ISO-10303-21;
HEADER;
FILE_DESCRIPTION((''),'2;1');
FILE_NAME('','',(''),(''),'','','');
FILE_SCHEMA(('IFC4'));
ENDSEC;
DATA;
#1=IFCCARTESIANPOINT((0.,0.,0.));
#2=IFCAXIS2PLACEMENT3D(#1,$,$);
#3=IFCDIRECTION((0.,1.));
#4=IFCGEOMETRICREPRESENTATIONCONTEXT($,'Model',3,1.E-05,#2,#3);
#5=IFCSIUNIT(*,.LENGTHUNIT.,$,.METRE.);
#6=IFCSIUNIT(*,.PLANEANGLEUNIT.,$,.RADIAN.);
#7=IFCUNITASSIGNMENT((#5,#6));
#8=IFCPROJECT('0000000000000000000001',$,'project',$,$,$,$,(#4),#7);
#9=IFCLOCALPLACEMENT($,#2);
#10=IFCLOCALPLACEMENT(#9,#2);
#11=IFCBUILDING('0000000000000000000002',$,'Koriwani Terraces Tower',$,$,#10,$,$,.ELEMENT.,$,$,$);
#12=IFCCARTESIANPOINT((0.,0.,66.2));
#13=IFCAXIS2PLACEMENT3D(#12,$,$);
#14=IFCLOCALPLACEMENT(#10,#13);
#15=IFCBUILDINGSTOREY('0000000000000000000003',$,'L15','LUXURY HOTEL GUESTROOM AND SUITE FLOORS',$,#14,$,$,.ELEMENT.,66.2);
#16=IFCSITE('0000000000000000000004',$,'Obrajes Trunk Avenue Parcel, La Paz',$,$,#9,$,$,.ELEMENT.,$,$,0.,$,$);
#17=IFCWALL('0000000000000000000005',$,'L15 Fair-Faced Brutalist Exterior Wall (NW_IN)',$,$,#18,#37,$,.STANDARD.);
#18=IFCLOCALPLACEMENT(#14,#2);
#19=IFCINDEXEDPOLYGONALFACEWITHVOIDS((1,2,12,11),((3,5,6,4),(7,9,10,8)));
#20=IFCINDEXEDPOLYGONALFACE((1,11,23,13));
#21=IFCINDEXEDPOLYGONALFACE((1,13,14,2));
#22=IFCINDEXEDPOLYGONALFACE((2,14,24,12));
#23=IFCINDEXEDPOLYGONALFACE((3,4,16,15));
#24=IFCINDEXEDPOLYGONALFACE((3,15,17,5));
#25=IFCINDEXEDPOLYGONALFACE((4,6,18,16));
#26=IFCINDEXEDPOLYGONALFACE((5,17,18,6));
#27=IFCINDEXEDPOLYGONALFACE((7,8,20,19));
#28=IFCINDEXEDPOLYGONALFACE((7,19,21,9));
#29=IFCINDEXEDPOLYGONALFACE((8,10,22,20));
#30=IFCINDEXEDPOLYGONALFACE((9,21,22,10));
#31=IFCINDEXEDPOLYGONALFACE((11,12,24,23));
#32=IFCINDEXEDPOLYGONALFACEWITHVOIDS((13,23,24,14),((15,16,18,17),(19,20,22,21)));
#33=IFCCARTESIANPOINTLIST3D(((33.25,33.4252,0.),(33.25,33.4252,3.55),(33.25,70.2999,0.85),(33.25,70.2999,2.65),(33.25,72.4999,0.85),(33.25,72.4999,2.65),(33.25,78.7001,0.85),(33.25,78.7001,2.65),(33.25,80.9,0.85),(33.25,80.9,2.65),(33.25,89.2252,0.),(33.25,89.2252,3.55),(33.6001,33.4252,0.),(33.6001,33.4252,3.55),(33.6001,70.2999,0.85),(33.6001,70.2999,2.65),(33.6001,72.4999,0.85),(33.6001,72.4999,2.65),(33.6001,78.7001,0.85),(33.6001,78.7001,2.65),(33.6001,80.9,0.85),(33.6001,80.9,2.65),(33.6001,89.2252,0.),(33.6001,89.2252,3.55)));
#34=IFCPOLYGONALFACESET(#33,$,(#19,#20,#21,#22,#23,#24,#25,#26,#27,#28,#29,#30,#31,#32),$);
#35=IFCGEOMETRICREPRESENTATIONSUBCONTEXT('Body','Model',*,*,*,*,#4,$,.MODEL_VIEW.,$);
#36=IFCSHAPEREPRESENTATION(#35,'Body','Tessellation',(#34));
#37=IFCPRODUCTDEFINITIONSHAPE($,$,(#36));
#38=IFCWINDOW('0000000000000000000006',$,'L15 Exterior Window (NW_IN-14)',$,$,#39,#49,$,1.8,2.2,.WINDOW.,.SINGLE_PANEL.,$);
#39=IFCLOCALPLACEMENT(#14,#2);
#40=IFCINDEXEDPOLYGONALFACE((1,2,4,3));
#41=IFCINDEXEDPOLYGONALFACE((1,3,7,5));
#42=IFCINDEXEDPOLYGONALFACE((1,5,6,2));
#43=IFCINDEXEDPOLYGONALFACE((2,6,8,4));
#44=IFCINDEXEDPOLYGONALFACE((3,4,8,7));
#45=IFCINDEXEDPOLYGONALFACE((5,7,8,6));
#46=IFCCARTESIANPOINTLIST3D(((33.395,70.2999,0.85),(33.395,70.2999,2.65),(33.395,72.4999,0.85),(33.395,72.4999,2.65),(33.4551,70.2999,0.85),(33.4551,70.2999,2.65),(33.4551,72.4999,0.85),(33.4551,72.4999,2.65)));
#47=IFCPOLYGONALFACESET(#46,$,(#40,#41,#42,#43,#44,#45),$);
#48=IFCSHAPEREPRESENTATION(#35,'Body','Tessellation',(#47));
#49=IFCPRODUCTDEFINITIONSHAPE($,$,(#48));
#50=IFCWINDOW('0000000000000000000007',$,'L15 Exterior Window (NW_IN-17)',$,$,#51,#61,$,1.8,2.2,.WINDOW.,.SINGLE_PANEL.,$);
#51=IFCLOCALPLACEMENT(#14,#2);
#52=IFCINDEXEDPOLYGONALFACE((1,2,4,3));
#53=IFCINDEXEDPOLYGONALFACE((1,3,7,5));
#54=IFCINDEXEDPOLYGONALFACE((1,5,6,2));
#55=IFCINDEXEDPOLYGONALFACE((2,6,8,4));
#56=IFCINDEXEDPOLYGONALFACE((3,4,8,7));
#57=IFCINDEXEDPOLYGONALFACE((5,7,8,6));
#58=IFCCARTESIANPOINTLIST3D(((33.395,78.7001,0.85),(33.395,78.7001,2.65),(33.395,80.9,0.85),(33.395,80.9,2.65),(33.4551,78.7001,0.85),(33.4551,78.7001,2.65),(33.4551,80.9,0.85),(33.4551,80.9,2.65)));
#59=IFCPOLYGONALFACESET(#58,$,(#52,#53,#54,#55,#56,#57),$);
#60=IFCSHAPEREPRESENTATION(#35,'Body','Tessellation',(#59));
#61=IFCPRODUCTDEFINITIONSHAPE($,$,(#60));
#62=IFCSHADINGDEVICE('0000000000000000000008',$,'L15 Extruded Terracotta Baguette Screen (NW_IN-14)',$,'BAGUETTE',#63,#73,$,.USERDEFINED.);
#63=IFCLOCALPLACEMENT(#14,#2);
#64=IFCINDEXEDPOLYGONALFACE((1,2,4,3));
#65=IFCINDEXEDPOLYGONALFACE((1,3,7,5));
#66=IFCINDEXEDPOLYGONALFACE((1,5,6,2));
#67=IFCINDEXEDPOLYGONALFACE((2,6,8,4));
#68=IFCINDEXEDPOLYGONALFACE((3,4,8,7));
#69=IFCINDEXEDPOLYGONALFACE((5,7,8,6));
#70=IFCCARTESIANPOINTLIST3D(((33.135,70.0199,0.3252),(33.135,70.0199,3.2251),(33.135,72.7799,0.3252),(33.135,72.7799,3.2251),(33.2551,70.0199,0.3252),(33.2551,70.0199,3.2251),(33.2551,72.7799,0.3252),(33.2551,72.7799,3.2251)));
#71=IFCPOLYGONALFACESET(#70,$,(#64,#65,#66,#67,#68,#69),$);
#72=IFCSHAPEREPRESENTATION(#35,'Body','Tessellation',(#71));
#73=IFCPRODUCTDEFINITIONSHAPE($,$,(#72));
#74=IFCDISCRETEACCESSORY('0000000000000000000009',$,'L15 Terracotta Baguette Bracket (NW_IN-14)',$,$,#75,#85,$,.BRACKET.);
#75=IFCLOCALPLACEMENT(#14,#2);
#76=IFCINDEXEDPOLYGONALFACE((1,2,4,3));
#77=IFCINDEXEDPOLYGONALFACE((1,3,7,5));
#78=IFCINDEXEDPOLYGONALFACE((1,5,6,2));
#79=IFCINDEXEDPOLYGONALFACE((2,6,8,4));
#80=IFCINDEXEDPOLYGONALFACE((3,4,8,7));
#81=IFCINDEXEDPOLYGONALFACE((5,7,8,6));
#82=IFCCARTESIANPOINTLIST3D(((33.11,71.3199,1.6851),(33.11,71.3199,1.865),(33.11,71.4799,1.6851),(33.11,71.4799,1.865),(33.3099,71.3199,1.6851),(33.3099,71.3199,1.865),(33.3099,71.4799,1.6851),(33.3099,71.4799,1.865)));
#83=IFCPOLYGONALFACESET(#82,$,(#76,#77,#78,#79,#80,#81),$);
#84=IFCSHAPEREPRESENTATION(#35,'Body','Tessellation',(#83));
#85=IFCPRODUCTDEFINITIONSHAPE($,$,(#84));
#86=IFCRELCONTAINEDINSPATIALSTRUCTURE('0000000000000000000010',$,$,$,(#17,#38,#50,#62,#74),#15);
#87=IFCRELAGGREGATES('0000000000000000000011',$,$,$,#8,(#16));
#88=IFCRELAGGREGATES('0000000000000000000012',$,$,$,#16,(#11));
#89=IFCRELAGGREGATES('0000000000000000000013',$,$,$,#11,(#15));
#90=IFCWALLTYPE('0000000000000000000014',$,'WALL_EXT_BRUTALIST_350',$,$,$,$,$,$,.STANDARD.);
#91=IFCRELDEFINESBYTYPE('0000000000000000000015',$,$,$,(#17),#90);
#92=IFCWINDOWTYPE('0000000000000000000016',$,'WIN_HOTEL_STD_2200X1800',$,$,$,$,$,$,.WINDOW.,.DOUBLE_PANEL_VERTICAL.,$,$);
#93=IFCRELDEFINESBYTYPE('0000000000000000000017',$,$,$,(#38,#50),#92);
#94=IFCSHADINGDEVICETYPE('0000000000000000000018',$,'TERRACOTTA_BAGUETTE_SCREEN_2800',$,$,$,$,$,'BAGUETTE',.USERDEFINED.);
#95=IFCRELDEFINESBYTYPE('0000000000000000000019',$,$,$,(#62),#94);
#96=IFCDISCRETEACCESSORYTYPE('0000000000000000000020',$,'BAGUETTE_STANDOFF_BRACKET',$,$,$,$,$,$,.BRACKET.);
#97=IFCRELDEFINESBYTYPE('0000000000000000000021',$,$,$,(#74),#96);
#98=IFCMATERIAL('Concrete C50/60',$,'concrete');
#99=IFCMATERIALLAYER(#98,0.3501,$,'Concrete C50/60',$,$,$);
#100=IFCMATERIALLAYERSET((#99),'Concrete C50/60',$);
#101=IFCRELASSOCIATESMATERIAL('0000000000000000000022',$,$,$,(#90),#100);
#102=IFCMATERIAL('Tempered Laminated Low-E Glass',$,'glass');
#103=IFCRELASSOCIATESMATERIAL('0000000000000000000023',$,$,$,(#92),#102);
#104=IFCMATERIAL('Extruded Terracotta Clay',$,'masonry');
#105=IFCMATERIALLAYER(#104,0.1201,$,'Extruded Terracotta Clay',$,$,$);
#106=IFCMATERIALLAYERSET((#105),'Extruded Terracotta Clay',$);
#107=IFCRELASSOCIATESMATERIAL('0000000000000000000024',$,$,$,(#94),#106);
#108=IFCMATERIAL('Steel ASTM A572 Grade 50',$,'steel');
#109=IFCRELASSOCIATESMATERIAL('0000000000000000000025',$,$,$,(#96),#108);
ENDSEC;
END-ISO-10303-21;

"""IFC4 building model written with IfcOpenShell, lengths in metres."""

from ifc_helpers import new_model, si_unit, direction, frame, frame_2d, origin, origin_2d, place, context, subcontext, project, spatial, rectangle, extrude, material, layer, layer_set, type_object, element, fill, save


model = new_model("IFC4")

# Units and contexts
model_context = context("Model", 3, precision=1e-05, world=origin(), true_north=direction((0.0, 1.0)))
body_context = subcontext(model_context, "Body", "Model", "MODEL_VIEW")
ifc_project = project(units=[si_unit("LENGTHUNIT", "METRE"), si_unit("PLANEANGLEUNIT", "RADIAN")], contexts=[model_context])

# Site, building, storey
site_placement = place(None, origin())
site = spatial("IfcSite", under=ifc_project, at=site_placement, Name="Obrajes Trunk Avenue Parcel, La Paz", CompositionType="ELEMENT", RefElevation=0.0)
building_placement = place(site_placement, origin())
building = spatial("IfcBuilding", under=site, at=building_placement, Name="Koriwani Terraces Tower", CompositionType="ELEMENT")
storey_placement = place(building_placement, frame((0.0, 0.0, 66.2)))
storey = spatial("IfcBuildingStorey", under=building, at=storey_placement, Name="L15", Description="LUXURY HOTEL GUESTROOM AND SUITE FLOORS", CompositionType="ELEMENT", Elevation=66.2)

# Shared definitions
ifc_material_1 = material(Name="Concrete C50/60", Category="concrete")
ifc_material_2 = material(Name="Steel ASTM A572 Grade 50", Category="steel")

# Shared definitions
ifc_layer_1 = layer(ifc_material_1, 0.3501, Name="Concrete C50/60")
ifc_layer_set_1 = layer_set([ifc_layer_1], Name="Concrete C50/60")
wall_type_1 = type_object("IfcWallType", Name="WALL_EXT_BRUTALIST_350", PredefinedType="STANDARD", material=ifc_layer_set_1)

# Shared definitions
ifc_material_3 = material(Name="Tempered Laminated Low-E Glass", Category="glass")

# Wall, openings, windows
wall_1_placement = place(storey_placement, frame((33.425, 89.2251, 0.0), z_axis=(0.0, 0.0, 1.0), x_axis=(0.0, -1.0, 0.0)))
wall_1 = element("IfcWall", 1, at=wall_1_placement, inside=storey, type_object=wall_type_1, Name="L15 Fair-Faced Brutalist Exterior Wall (NW_IN)", PredefinedType="STANDARD", context=body_context, shape_type="SweptSolid", body=[
    extrude(rectangle(XDim=55.8, YDim=0.3501, at=frame_2d((27.8999, 0.0))), origin(), (0.0, 0.0, 1.0), 3.55),
])
opening_1_placement = place(wall_1_placement, frame((16.7251, 0.0, 0.8501)))
opening_1 = element("IfcOpeningElement", 2, at=opening_1_placement, cuts=wall_1, PredefinedType="OPENING", context=body_context, shape_type="SweptSolid", body=[
    extrude(rectangle(XDim=2.2, YDim=1.8, at=frame_2d((1.1001, 0.8999))), frame((0.0, 0.1851, 0.0), z_axis=(0.0, -1.0, 0.0), x_axis=(1.0, 0.0, 0.0)), (0.0, 0.0, 1.0), 0.3701),
])
opening_2_placement = place(wall_1_placement, frame((8.325, 0.0, 0.8501)))
opening_2 = element("IfcOpeningElement", 3, at=opening_2_placement, cuts=wall_1, PredefinedType="OPENING", context=body_context, shape_type="SweptSolid", body=[
    extrude(rectangle(XDim=2.2, YDim=1.8, at=frame_2d((1.1001, 0.8999))), frame((0.0, 0.1851, 0.0), z_axis=(0.0, -1.0, 0.0), x_axis=(1.0, 0.0, 0.0)), (0.0, 0.0, 1.0), 0.3701),
])
window_type_1 = type_object("IfcWindowType", Name="WIN_HOTEL_STD_2200X1800", PartitioningType="DOUBLE_PANEL_VERTICAL", PredefinedType="WINDOW", material=ifc_material_3)
window_1_placement = place(opening_1_placement, origin())
window_1 = element("IfcWindow", 4, at=window_1_placement, inside=storey, type_object=window_type_1, Name="L15 Exterior Window (NW_IN-14)", OverallHeight=1.8, OverallWidth=2.2, PartitioningType="SINGLE_PANEL", PredefinedType="WINDOW", context=body_context, shape_type="SweptSolid", body=[
    extrude(rectangle(XDim=2.2, YDim=1.8, at=frame_2d((1.1001, 0.8999))), frame((0.0, 0.03, 0.0), z_axis=(0.0, -1.0, 0.0), x_axis=(1.0, 0.0, 0.0)), (0.0, 0.0, 1.0), 0.0601),
])
fill(opening_1, window_1)
window_2_placement = place(opening_2_placement, origin())
window_2 = element("IfcWindow", 5, at=window_2_placement, inside=storey, type_object=window_type_1, Name="L15 Exterior Window (NW_IN-17)", OverallHeight=1.8, OverallWidth=2.2, PartitioningType="SINGLE_PANEL", PredefinedType="WINDOW", context=body_context, shape_type="SweptSolid", body=[
    extrude(rectangle(XDim=2.2, YDim=1.8, at=frame_2d((1.1001, 0.8999))), frame((0.0, 0.03, 0.0), z_axis=(0.0, -1.0, 0.0), x_axis=(1.0, 0.0, 0.0)), (0.0, 0.0, 1.0), 0.0601),
])
fill(opening_2, window_2)

# Shading device
ifc_material_4 = material(Name="Extruded Terracotta Clay", Category="masonry")
ifc_layer_2 = layer(ifc_material_4, 0.1201, Name="Extruded Terracotta Clay")
ifc_layer_set_2 = layer_set([ifc_layer_2], Name="Extruded Terracotta Clay")
shading_device_type = type_object("IfcShadingDeviceType", Name="TERRACOTTA_BAGUETTE_SCREEN_2800", ElementType="BAGUETTE", PredefinedType="USERDEFINED", material=ifc_layer_set_2)
shading_device_placement = place(storey_placement, frame((33.1951, 71.3999, 0.3252), z_axis=(0.0, 0.0, 1.0), x_axis=(0.0, -1.0, 0.0)))
element("IfcShadingDevice", 6, at=shading_device_placement, inside=storey, type_object=shading_device_type, Name="L15 Extruded Terracotta Baguette Screen (NW_IN-14)", ObjectType="BAGUETTE", PredefinedType="USERDEFINED", context=body_context, shape_type="SweptSolid", body=[
    extrude(rectangle(XDim=2.76, YDim=0.1201, at=origin_2d()), origin(), (0.0, 0.0, 1.0), 2.8999),
])

# Discrete accessory
discrete_accessory_type = type_object("IfcDiscreteAccessoryType", Name="BAGUETTE_STANDOFF_BRACKET", PredefinedType="BRACKET", material=ifc_material_2)
discrete_accessory_placement = place(storey_placement, frame((33.21, 71.3999, 1.6851), z_axis=(0.0, 0.0, 1.0), x_axis=(0.0, -1.0, 0.0)))
element("IfcDiscreteAccessory", 7, at=discrete_accessory_placement, inside=storey, type_object=discrete_accessory_type, Name="L15 Terracotta Baguette Bracket (NW_IN-14)", PredefinedType="BRACKET", context=body_context, shape_type="SweptSolid", body=[
    extrude(rectangle(XDim=0.1599, YDim=0.2, at=origin_2d()), origin(), (0.0, 0.0, 1.0), 0.1799),
])

save(model, "model.ifc")
